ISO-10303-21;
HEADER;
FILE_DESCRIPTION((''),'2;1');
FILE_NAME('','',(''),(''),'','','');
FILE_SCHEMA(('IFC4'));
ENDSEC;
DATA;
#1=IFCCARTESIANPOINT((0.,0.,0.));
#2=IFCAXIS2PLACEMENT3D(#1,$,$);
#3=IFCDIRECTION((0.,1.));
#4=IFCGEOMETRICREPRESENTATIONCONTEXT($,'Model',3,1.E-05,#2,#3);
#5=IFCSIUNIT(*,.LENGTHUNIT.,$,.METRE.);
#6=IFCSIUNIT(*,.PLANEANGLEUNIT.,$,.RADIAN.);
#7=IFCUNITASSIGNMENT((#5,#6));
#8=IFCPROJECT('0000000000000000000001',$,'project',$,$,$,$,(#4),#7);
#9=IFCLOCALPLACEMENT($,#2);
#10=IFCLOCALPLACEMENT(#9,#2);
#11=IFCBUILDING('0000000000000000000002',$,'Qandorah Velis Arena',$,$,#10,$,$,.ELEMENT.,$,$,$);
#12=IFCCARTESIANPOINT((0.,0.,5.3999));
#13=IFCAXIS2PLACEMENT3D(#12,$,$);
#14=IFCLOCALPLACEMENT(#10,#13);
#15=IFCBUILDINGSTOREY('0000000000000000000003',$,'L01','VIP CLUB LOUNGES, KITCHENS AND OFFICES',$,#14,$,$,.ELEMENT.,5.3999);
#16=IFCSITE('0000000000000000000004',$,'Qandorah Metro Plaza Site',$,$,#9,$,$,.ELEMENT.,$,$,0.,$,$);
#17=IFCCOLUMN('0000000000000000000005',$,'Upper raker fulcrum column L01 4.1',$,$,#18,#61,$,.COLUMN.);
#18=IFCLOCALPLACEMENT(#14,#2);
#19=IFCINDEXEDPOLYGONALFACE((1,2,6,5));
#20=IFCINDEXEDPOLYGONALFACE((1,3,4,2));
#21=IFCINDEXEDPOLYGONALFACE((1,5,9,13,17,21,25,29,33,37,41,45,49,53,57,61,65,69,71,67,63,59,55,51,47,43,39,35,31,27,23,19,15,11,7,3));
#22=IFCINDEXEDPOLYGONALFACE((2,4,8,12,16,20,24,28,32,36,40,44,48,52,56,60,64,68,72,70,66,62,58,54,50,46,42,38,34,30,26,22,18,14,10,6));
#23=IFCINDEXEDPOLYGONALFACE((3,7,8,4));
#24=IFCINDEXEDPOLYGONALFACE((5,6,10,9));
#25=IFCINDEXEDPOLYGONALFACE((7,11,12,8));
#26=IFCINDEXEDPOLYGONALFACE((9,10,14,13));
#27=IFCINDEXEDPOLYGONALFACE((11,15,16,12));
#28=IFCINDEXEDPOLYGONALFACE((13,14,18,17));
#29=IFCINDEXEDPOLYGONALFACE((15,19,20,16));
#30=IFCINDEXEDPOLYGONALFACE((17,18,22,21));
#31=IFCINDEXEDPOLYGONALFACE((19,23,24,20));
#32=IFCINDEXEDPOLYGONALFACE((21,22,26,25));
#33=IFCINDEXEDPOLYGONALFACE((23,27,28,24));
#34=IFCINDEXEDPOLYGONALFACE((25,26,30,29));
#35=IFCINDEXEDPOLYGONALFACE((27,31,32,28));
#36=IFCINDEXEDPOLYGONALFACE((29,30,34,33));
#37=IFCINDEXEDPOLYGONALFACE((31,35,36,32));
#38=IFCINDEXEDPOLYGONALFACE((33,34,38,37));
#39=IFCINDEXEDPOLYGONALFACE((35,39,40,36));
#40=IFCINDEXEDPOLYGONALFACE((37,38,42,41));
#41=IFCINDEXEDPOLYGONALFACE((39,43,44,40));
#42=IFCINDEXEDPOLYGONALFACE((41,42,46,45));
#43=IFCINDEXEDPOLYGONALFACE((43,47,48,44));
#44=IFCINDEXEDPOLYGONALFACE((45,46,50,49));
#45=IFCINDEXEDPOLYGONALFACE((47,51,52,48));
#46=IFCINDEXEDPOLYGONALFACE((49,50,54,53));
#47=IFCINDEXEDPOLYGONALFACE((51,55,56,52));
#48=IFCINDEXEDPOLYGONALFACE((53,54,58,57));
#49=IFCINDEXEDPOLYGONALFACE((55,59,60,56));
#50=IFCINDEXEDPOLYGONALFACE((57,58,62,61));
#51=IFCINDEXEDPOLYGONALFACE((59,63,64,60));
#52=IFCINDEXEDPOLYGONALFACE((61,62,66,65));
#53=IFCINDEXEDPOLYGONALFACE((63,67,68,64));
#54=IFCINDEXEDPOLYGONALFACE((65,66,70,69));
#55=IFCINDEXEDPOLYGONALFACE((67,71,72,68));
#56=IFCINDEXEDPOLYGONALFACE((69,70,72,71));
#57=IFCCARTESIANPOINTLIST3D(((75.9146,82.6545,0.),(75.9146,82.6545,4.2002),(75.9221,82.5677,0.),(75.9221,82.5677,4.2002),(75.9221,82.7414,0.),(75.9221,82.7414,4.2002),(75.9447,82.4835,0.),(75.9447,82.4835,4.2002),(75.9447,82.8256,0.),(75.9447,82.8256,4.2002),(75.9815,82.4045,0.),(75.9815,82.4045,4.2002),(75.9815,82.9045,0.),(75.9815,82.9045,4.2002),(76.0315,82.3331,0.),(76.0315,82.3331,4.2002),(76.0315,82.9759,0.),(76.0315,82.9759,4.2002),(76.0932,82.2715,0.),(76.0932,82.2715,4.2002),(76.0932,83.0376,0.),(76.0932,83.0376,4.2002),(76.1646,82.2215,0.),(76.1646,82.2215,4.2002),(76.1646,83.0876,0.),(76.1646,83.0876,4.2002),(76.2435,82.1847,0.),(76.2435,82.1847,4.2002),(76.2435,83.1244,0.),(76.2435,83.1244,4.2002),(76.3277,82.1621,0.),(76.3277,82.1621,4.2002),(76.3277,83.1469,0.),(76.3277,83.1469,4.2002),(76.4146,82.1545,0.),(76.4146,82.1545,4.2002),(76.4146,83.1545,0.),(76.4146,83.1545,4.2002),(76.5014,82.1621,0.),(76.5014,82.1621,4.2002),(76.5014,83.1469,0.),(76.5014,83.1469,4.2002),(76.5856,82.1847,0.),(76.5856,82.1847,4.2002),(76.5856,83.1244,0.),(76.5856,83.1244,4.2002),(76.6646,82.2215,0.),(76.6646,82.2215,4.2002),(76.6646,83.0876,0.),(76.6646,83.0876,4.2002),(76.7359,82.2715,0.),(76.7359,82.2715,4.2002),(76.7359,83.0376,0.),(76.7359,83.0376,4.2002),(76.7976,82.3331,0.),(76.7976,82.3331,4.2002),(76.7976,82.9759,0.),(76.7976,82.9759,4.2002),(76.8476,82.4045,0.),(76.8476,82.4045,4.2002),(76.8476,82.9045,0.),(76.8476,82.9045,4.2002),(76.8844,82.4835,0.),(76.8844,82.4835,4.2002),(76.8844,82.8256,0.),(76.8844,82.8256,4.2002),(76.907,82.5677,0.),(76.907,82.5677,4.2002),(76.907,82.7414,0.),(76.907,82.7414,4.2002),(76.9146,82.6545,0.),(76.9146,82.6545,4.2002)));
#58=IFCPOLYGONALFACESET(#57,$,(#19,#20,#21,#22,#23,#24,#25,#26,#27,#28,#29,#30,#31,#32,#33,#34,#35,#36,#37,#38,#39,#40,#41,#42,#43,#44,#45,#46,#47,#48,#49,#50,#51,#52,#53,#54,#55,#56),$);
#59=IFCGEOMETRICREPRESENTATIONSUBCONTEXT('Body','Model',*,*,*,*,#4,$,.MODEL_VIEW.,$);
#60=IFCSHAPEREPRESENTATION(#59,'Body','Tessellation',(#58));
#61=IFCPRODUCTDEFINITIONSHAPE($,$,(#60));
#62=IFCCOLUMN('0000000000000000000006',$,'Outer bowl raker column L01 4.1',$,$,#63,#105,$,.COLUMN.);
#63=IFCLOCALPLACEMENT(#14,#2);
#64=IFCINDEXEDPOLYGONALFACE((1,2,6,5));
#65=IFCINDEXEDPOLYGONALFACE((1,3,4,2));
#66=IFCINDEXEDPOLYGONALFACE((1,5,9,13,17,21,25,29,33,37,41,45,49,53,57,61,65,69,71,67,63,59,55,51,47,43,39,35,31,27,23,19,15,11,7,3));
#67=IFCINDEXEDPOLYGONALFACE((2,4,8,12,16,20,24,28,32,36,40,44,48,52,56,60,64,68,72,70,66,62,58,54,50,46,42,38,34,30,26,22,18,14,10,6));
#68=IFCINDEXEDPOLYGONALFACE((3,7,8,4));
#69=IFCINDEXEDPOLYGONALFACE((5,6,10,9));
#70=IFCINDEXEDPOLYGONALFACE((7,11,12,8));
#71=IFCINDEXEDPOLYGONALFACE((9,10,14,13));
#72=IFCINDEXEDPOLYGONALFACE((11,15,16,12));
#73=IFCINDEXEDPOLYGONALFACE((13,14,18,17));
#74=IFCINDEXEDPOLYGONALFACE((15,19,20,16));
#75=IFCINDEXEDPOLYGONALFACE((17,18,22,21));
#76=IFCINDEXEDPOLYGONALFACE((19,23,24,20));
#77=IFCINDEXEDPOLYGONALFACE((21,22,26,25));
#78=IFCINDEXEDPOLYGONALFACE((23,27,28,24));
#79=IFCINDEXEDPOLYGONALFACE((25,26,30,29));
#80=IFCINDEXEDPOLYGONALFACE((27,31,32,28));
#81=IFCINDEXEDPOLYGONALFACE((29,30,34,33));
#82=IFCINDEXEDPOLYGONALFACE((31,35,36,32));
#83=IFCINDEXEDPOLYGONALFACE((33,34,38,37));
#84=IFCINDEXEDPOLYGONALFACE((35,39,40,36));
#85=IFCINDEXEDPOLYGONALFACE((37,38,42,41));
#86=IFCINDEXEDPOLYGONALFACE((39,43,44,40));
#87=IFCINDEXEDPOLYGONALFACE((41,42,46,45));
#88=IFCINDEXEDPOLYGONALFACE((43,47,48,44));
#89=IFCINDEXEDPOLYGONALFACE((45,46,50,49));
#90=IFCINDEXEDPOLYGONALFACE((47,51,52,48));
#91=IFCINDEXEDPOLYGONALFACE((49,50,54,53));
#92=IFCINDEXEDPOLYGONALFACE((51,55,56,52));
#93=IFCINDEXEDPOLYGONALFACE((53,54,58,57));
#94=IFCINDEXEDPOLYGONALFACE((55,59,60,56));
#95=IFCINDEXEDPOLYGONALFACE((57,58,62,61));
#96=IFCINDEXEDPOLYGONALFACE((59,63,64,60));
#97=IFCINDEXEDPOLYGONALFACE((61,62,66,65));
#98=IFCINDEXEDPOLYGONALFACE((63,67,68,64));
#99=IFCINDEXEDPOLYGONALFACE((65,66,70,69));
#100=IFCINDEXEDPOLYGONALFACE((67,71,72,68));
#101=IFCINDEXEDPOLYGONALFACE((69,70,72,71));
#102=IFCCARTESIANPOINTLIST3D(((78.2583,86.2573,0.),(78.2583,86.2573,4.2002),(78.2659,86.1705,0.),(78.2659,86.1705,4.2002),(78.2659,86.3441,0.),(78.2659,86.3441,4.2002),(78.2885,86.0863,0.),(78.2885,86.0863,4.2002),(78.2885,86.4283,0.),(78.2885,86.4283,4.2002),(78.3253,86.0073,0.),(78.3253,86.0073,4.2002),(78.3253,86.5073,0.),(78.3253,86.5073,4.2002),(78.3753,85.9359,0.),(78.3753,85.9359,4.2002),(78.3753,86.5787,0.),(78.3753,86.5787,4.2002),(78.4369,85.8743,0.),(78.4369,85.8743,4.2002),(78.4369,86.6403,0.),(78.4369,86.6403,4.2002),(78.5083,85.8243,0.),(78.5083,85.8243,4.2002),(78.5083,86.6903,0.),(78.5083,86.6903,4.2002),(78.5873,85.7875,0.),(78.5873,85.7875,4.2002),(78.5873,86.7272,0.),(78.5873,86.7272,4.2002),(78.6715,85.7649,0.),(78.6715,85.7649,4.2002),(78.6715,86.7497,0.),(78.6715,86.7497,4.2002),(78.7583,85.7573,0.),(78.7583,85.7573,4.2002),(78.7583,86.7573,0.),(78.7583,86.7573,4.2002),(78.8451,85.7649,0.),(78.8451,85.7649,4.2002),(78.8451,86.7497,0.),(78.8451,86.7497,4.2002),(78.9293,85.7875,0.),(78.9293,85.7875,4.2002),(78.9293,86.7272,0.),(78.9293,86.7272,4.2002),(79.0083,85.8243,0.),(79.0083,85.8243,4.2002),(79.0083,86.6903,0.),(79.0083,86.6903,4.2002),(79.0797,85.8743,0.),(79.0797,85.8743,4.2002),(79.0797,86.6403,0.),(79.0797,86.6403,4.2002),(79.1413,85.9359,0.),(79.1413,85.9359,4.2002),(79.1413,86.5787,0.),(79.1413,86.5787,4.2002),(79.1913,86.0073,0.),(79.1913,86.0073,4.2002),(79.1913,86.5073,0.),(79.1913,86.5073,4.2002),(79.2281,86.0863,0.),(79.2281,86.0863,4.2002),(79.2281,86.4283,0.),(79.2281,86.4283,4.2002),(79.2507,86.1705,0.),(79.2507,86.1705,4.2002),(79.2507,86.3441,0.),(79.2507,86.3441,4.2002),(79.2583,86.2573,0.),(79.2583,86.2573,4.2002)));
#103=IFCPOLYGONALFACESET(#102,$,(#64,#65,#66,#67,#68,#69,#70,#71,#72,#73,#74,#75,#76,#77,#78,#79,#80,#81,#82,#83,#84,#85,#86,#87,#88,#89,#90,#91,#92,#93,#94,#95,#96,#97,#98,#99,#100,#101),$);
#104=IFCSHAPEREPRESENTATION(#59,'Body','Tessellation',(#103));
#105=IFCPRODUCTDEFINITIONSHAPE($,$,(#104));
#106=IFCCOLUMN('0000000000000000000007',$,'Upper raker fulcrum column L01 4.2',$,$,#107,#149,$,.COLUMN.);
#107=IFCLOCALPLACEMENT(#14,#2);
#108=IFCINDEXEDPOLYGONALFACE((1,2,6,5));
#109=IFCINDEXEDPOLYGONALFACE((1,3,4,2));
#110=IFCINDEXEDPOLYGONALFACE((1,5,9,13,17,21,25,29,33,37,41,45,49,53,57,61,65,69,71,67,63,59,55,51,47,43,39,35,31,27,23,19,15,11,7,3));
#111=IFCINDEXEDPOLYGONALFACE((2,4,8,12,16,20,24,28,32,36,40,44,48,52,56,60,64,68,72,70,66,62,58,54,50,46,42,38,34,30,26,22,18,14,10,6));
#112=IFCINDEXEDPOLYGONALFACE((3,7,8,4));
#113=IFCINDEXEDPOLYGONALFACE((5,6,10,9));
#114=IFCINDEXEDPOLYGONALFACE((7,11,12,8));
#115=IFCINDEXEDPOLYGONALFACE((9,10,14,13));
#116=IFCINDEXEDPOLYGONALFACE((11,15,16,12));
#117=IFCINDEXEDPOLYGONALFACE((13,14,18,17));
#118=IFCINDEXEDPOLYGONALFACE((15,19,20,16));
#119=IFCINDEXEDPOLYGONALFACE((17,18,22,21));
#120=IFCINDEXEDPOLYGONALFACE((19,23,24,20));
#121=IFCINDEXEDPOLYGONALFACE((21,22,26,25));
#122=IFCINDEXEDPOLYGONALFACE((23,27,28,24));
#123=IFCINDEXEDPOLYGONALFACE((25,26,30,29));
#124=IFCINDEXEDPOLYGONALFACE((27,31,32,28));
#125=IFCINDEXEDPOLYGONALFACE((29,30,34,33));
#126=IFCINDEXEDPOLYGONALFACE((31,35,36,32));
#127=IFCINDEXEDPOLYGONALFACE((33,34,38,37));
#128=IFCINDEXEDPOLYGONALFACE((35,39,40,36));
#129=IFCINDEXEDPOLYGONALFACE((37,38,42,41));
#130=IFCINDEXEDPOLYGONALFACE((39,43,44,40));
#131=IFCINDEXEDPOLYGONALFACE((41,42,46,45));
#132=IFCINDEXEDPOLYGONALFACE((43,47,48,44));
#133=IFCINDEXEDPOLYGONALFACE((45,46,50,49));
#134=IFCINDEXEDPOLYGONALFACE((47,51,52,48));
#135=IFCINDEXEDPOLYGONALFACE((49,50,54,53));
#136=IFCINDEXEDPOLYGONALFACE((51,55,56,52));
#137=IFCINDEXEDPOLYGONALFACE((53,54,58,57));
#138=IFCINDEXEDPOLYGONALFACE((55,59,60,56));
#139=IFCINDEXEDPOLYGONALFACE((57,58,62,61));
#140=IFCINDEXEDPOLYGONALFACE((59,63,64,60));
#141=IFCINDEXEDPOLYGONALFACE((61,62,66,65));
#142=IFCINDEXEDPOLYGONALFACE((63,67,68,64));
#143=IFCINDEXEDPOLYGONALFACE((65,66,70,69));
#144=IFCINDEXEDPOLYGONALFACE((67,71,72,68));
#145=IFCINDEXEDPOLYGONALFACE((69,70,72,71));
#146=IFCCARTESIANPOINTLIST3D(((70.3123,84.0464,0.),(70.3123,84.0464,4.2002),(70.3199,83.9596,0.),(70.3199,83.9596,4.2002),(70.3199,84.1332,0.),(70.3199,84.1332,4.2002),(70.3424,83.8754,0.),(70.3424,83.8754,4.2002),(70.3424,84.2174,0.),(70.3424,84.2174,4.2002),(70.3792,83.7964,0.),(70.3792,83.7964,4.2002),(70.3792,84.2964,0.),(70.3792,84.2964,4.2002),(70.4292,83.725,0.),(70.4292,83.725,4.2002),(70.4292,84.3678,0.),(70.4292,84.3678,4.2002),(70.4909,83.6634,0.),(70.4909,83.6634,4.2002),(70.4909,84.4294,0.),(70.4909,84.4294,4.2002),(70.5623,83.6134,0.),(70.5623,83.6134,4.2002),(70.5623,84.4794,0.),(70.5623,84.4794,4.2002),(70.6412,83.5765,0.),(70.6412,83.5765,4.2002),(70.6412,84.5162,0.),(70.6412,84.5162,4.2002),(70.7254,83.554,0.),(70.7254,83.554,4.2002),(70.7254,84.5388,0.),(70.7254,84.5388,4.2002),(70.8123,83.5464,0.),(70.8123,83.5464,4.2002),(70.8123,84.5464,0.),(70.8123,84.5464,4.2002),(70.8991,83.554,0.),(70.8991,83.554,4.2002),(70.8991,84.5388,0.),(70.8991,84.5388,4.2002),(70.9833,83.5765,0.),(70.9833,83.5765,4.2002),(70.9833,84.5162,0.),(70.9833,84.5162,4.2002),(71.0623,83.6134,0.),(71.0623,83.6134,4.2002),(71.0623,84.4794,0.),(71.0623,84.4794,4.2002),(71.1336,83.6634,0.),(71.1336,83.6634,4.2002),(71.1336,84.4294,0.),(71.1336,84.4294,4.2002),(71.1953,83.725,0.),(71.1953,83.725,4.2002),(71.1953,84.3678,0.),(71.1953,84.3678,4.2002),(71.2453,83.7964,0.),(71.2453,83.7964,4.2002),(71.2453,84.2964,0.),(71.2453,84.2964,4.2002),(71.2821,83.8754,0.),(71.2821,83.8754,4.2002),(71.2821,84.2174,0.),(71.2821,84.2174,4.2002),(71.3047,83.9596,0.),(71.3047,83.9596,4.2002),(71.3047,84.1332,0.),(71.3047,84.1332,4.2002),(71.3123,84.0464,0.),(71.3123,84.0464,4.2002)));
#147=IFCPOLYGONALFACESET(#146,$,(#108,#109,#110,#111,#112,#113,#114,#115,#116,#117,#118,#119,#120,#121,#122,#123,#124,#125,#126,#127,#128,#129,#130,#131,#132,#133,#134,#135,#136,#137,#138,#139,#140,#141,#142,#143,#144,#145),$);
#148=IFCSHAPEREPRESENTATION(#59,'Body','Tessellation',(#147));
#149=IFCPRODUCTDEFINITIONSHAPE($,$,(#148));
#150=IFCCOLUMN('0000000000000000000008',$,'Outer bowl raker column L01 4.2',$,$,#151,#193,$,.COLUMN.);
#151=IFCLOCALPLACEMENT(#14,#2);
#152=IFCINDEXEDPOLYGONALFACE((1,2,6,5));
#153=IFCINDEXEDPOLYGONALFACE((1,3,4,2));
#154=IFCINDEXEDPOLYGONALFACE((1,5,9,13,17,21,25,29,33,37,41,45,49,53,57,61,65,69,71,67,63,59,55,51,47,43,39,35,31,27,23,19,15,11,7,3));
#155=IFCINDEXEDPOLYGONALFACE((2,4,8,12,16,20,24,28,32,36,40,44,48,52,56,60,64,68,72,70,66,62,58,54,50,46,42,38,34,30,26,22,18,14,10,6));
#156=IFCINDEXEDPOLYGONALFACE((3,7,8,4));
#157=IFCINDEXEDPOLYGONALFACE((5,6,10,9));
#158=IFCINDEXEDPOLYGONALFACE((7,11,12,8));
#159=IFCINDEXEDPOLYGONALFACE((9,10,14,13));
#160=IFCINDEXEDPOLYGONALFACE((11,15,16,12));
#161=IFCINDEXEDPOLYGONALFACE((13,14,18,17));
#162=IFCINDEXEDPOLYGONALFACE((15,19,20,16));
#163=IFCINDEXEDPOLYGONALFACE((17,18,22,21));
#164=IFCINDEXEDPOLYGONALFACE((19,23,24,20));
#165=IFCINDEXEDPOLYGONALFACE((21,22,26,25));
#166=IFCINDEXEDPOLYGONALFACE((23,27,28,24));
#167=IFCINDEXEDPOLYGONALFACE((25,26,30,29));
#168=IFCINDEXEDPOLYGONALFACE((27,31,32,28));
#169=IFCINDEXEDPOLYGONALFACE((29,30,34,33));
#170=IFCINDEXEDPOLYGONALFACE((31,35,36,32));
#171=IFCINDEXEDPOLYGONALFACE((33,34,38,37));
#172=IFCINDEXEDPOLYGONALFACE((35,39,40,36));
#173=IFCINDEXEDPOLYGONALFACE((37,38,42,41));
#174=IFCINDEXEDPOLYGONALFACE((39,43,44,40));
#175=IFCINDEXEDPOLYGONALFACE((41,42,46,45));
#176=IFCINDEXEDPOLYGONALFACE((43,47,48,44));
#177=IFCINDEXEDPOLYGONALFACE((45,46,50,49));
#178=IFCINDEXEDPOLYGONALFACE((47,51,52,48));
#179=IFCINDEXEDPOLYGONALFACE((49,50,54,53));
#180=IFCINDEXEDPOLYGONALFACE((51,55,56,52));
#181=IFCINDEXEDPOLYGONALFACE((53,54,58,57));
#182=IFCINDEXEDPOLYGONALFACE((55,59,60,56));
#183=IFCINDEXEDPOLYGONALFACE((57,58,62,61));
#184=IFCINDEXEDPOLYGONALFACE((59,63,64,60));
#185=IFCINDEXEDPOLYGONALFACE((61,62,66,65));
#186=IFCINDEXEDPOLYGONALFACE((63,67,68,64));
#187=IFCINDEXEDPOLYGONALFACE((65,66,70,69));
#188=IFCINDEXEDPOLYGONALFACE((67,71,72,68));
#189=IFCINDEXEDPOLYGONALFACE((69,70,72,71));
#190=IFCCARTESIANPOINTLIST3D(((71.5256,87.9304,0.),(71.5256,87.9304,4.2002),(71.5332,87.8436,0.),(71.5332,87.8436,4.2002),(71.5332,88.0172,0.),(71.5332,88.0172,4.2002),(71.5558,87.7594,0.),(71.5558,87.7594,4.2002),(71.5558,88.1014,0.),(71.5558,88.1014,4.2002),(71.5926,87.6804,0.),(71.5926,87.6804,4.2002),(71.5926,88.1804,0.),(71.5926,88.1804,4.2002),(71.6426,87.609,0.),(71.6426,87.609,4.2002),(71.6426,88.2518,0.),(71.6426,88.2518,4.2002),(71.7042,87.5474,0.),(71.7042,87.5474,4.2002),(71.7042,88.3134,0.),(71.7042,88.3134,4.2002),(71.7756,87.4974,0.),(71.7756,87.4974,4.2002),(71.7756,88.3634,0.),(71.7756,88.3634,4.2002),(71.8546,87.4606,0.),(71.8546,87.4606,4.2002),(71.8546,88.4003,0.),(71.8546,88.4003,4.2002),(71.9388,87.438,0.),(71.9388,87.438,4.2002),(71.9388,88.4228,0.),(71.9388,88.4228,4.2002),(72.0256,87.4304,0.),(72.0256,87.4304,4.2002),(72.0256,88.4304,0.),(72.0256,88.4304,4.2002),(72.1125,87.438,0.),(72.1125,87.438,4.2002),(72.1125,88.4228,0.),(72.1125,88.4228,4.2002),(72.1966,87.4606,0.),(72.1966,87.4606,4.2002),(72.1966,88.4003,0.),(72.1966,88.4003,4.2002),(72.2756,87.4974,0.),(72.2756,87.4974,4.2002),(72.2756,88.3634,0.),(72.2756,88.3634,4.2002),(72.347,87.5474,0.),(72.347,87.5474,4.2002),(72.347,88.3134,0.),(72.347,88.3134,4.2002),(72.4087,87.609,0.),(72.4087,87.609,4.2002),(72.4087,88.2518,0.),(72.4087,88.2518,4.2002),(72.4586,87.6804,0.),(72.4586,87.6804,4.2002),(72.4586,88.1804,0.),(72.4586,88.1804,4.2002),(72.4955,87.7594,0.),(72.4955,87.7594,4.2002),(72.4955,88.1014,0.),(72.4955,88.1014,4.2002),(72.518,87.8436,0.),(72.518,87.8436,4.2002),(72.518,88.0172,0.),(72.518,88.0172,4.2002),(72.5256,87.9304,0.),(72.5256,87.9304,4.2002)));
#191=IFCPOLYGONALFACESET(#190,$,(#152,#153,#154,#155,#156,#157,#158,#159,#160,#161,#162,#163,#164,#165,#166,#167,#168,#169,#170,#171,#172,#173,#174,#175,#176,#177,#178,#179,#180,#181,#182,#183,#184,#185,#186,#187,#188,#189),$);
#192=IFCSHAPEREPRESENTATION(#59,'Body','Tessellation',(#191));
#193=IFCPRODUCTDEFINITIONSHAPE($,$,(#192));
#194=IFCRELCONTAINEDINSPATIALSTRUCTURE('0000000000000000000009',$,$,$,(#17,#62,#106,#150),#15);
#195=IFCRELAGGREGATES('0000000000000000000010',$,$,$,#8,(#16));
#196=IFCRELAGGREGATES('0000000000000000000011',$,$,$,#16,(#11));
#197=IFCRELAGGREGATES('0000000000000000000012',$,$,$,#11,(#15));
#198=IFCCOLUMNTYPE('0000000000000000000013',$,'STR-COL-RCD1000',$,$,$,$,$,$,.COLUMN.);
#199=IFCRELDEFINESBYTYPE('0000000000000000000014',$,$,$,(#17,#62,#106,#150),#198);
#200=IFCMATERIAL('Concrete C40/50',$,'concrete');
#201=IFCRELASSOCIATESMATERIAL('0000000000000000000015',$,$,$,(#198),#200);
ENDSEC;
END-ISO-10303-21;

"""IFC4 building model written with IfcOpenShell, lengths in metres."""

from ifc_helpers import new_model, si_unit, direction, frame, origin, origin_2d, place, context, subcontext, project, spatial, circle, extrude, material, material_profile, profile_set, type_object, element, save


model = new_model("IFC4")

# Units and contexts
model_context = context("Model", 3, precision=1e-05, world=origin(), true_north=direction((0.0, 1.0)))
body_context = subcontext(model_context, "Body", "Model", "MODEL_VIEW")
ifc_project = project(units=[si_unit("LENGTHUNIT", "METRE"), si_unit("PLANEANGLEUNIT", "RADIAN")], contexts=[model_context])

# Site, building, storey
site_placement = place(None, origin())
site = spatial("IfcSite", under=ifc_project, at=site_placement, Name="Qandorah Metro Plaza Site", CompositionType="ELEMENT", RefElevation=0.0)
building_placement = place(site_placement, origin())
building = spatial("IfcBuilding", under=site, at=building_placement, Name="Qandorah Velis Arena", CompositionType="ELEMENT")
storey_placement = place(building_placement, frame((0.0, 0.0, 5.3999)))
storey = spatial("IfcBuildingStorey", under=building, at=storey_placement, Name="L01", Description="VIP CLUB LOUNGES, KITCHENS AND OFFICES", CompositionType="ELEMENT", Elevation=5.3999)

# Columns
ifc_material_1 = material(Name="Concrete C40/50", Category="concrete")
ifc_material_profile_1 = material_profile(ifc_material_1, circle(Radius=0.5, at=origin_2d()), Name="RC D1000")
ifc_profile_set_1 = profile_set([ifc_material_profile_1], Name="Concrete C40/50")
column_type = type_object("IfcColumnType", Name="STR-COL-RCD1000", PredefinedType="COLUMN", material=ifc_profile_set_1)
for number, where, z_axis, x_axis, name in (
    (1, (76.4146, 82.6545, 0.0), (0.0, 0.0, 1.0), (1.0, 0.0, 0.0), "Upper raker fulcrum column L01 4.1"),
    (2, (78.7583, 86.2573, 0.0), (0.0, 0.0, 1.0), (1.0, 0.0, 0.0), "Outer bowl raker column L01 4.1"),
    (3, (70.8123, 84.0464, 0.0), (0.0, 0.0, 1.0), (1.0, 0.0, 0.0), "Upper raker fulcrum column L01 4.2"),
    (4, (72.0256, 87.9304, 0.0), (0.0, 0.0, 1.0), (1.0, 0.0, 0.0), "Outer bowl raker column L01 4.2"),
):
    element("IfcColumn", number, at=place(storey_placement, frame(where, z_axis=z_axis, x_axis=x_axis)), inside=storey, type_object=column_type, Name=name, PredefinedType="COLUMN", context=body_context, shape_type="SweptSolid", body=[
        extrude(circle(Radius=0.5, at=origin_2d()), origin(), (0.0, 0.0, 1.0), 4.2002),
    ])

save(model, "model.ifc")
